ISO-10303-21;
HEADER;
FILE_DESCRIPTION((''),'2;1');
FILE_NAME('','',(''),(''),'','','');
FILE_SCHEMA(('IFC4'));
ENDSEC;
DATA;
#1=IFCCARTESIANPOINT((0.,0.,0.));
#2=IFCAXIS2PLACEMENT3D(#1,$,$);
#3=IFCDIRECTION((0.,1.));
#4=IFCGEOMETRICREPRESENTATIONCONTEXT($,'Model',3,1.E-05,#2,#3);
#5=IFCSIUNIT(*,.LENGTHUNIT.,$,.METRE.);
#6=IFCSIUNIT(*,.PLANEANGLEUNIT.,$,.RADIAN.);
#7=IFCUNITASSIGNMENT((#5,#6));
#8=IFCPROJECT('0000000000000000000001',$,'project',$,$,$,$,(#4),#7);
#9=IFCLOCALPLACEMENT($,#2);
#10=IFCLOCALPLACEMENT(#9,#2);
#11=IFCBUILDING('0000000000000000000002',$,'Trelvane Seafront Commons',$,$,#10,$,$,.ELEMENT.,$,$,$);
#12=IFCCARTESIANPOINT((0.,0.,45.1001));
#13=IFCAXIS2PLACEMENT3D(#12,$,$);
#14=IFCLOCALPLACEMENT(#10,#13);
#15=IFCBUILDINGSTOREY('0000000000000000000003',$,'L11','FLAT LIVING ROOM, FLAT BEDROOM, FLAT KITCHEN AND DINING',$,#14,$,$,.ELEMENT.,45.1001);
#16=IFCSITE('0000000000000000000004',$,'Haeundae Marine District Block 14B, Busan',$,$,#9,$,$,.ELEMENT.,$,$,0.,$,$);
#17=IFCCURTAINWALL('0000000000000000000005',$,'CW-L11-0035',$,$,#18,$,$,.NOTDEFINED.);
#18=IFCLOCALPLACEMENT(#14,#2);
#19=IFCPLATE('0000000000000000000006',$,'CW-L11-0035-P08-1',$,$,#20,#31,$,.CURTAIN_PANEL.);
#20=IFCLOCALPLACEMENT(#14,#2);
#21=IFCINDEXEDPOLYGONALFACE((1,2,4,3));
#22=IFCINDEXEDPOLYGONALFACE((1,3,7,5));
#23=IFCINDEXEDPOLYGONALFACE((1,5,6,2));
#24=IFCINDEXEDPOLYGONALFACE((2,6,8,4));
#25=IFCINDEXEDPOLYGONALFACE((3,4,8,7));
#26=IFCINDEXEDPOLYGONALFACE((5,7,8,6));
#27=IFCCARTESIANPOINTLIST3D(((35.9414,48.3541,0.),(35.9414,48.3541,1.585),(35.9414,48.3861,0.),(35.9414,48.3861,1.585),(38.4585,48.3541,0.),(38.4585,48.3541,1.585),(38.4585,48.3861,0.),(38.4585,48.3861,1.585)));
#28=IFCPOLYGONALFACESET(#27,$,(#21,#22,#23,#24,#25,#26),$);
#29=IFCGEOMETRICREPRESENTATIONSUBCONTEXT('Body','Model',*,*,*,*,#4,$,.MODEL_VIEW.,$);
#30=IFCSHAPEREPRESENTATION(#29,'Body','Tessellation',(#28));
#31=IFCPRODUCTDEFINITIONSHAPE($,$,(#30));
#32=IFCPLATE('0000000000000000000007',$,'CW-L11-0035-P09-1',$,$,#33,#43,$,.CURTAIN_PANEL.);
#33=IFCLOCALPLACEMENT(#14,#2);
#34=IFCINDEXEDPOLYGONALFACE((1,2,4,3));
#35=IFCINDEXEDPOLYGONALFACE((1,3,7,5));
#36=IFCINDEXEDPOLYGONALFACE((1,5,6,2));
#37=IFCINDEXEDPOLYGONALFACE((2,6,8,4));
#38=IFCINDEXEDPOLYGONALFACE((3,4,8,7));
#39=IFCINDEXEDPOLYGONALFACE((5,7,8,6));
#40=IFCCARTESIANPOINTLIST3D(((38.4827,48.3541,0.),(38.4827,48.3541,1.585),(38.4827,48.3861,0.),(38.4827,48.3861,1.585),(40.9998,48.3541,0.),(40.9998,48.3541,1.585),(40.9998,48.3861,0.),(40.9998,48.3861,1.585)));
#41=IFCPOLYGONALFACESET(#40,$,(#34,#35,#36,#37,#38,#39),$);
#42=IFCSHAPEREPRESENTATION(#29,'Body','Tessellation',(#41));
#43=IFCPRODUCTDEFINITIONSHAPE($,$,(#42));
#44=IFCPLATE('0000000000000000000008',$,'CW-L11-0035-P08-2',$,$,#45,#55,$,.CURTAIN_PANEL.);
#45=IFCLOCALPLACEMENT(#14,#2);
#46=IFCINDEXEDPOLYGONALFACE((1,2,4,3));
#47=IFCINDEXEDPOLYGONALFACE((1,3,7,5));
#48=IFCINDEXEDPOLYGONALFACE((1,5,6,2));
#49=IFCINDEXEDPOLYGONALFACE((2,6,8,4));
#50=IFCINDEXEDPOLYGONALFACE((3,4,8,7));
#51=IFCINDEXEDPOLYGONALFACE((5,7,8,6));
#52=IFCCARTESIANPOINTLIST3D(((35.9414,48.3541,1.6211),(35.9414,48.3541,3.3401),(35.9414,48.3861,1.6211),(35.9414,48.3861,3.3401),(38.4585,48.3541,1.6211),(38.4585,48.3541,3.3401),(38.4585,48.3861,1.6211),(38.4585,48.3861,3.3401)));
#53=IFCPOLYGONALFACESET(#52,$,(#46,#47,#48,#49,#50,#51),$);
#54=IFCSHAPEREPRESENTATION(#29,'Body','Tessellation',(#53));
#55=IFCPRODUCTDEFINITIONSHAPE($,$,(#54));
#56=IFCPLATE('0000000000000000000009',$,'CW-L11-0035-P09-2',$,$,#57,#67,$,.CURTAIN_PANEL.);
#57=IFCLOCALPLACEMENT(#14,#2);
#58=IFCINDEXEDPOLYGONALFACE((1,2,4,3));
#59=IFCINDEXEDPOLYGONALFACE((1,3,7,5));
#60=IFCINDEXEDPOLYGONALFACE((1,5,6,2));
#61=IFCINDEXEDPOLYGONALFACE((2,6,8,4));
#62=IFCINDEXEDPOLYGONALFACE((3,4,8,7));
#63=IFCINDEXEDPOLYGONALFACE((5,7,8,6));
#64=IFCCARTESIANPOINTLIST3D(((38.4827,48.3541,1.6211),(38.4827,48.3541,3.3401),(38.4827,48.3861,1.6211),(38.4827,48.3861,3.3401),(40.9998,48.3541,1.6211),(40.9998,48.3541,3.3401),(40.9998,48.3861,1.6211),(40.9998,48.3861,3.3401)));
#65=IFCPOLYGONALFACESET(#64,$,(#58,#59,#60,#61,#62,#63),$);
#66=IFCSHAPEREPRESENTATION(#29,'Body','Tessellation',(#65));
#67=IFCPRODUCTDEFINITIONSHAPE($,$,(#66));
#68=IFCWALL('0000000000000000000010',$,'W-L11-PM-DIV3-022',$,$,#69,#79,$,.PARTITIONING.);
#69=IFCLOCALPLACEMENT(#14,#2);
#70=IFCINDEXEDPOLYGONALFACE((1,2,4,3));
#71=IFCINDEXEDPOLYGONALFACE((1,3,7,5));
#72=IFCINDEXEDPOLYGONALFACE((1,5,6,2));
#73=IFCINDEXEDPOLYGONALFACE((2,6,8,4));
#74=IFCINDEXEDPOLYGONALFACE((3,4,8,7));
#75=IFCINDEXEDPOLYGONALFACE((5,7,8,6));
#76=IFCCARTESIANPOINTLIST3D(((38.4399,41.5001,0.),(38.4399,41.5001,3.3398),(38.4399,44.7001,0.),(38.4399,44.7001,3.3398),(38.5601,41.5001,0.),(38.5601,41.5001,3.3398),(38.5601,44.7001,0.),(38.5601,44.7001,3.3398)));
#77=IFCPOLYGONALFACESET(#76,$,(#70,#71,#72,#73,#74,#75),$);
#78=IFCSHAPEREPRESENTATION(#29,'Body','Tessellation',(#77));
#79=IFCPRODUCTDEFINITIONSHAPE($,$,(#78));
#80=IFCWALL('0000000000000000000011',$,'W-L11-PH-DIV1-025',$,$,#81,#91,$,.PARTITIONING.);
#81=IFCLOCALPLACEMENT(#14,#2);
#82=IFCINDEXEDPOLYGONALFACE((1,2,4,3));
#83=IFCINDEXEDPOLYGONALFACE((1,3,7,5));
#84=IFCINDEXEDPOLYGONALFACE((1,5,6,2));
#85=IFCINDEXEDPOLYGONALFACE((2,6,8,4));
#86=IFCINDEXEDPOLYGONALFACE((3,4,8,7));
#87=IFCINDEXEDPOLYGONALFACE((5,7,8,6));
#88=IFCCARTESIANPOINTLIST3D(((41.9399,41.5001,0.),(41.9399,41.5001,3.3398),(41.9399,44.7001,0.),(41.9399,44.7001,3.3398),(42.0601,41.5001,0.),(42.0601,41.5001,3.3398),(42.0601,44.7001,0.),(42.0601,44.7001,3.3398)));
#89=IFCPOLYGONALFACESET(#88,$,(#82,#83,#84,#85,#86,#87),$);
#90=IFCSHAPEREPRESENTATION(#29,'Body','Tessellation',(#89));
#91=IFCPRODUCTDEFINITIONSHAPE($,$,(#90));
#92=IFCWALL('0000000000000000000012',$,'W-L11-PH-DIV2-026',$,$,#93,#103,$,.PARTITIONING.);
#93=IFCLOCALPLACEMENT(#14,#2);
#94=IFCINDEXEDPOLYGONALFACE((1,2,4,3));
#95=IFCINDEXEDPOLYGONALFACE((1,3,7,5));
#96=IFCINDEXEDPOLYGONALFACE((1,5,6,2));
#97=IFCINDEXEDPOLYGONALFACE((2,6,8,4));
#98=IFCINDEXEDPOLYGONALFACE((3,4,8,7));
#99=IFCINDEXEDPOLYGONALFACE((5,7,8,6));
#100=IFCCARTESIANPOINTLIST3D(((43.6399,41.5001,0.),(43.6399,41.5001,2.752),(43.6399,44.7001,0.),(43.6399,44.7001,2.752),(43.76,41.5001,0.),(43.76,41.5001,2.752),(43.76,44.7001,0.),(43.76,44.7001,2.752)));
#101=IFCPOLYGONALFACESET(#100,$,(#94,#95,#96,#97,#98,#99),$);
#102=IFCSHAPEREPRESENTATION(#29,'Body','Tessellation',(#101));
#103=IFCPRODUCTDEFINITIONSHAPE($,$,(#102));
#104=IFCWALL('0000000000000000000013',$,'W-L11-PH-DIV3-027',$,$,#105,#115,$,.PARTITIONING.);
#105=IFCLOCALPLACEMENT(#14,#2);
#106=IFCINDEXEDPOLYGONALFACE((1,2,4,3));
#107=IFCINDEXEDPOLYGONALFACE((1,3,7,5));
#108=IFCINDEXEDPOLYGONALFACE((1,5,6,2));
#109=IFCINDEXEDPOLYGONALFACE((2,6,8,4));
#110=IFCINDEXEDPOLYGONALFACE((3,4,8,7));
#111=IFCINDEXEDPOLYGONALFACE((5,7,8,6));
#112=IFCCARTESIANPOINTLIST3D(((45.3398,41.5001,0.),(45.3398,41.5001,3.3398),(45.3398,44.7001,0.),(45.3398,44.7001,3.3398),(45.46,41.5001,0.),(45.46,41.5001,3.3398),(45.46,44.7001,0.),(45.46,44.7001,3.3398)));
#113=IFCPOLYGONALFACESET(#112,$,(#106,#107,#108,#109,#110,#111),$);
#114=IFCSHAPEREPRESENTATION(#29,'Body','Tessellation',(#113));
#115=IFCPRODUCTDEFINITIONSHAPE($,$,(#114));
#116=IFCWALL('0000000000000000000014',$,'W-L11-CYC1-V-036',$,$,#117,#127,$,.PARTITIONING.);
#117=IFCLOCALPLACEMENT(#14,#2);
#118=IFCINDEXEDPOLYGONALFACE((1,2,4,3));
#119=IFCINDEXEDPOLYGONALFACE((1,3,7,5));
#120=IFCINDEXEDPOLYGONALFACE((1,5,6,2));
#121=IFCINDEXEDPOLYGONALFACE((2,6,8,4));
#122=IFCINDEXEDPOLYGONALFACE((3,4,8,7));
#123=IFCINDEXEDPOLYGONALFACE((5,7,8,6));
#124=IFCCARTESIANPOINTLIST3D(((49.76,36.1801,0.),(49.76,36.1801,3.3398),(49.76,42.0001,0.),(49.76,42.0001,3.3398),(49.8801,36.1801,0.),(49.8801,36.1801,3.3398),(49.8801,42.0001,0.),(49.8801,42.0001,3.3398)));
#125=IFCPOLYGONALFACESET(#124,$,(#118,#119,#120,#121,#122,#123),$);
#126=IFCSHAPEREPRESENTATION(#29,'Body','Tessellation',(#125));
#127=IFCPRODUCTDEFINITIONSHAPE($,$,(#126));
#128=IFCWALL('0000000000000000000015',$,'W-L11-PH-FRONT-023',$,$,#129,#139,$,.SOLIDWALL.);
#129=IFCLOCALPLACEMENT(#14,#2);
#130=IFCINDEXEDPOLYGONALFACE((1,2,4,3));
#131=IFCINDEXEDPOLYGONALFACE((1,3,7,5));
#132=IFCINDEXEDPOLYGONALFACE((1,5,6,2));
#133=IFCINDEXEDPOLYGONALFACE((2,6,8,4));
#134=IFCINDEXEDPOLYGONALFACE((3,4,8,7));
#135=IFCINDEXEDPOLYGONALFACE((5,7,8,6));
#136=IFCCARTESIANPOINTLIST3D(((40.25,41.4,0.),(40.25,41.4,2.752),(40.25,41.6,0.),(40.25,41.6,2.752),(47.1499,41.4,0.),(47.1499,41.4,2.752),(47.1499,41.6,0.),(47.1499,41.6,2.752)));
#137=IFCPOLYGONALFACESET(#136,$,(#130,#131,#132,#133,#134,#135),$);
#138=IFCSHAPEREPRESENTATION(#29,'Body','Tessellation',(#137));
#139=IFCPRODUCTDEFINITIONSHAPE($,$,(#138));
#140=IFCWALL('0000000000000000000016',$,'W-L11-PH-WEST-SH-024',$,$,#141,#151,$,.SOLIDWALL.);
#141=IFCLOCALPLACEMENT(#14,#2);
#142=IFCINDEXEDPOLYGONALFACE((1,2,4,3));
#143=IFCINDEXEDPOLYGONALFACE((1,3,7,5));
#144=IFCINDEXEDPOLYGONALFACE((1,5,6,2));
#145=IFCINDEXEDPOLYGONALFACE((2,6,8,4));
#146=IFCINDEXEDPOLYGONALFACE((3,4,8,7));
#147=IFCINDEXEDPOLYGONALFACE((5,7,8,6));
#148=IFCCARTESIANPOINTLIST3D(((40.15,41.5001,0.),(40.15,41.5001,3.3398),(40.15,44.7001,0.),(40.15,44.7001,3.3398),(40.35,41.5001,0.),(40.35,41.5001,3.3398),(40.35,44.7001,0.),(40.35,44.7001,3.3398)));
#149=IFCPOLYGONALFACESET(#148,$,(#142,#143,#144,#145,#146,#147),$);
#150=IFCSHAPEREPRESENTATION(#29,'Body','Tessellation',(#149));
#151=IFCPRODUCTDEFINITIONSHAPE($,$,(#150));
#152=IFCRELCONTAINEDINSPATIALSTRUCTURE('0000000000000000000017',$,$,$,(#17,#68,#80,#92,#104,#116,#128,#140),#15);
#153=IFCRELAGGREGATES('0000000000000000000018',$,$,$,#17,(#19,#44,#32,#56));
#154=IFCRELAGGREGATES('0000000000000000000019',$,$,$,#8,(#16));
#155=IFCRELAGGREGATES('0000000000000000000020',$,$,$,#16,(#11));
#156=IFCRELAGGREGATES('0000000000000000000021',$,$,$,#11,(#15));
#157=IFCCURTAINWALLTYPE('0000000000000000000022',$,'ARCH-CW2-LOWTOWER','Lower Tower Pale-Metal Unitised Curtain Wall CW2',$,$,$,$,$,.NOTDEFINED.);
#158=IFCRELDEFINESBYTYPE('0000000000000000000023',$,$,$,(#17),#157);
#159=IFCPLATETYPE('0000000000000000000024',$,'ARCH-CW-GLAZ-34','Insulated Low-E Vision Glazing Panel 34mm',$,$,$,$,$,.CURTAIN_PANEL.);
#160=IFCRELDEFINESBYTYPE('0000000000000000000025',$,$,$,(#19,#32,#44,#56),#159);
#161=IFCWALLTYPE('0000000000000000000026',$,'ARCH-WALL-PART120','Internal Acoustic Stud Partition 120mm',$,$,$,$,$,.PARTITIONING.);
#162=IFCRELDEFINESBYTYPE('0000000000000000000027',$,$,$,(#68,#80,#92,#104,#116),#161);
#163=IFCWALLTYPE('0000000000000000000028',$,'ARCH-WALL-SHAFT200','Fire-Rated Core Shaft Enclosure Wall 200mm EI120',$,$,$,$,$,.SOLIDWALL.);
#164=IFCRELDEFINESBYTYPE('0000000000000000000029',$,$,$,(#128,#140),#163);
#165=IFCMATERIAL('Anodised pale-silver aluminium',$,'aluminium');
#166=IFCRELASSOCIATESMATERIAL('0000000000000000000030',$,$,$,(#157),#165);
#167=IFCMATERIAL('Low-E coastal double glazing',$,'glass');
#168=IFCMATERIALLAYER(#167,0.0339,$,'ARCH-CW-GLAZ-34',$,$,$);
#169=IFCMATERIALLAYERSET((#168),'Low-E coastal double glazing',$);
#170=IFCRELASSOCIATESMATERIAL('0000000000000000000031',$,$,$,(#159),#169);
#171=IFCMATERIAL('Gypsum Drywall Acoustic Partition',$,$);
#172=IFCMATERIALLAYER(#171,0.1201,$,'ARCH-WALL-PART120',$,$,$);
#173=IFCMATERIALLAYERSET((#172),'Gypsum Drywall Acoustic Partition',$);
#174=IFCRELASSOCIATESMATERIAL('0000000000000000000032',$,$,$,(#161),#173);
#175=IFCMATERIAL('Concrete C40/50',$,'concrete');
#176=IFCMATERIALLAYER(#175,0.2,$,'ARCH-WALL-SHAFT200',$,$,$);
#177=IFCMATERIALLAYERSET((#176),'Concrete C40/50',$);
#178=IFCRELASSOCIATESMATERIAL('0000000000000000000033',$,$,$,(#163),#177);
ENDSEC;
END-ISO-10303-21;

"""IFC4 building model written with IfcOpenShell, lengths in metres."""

from ifc_helpers import new_model, si_unit, direction, frame, frame_2d, origin, origin_2d, place, context, subcontext, project, spatial, rectangle, extrude, source, transform, mapped, material, layer, layer_set, type_object, element, aggregate, save


model = new_model("IFC4")

# Units and contexts
model_context = context("Model", 3, precision=1e-05, world=origin(), true_north=direction((0.0, 1.0)))
body_context = subcontext(model_context, "Body", "Model", "MODEL_VIEW")
ifc_project = project(units=[si_unit("LENGTHUNIT", "METRE"), si_unit("PLANEANGLEUNIT", "RADIAN")], contexts=[model_context])

# Site, building, storey
site_placement = place(None, origin())
site = spatial("IfcSite", under=ifc_project, at=site_placement, Name="Haeundae Marine District Block 14B, Busan", CompositionType="ELEMENT", RefElevation=0.0)
building_placement = place(site_placement, origin())
building = spatial("IfcBuilding", under=site, at=building_placement, Name="Trelvane Seafront Commons", CompositionType="ELEMENT")
storey_placement = place(building_placement, frame((0.0, 0.0, 45.1001)))
storey = spatial("IfcBuildingStorey", under=building, at=storey_placement, Name="L11", Description="FLAT LIVING ROOM, FLAT BEDROOM, FLAT KITCHEN AND DINING", CompositionType="ELEMENT", Elevation=45.1001)

# Curtain wall, plates
ifc_material_1 = material(Name="Anodised pale-silver aluminium", Category="aluminium")
curtain_wall_type = type_object("IfcCurtainWallType", Name="ARCH-CW2-LOWTOWER", Description="Lower Tower Pale-Metal Unitised Curtain Wall CW2", PredefinedType="NOTDEFINED", material=ifc_material_1)
curtain_wall_placement = place(storey_placement, origin())
curtain_wall = element("IfcCurtainWall", 1, at=curtain_wall_placement, inside=storey, type_object=curtain_wall_type, Name="CW-L11-0035", PredefinedType="NOTDEFINED")
ifc_material_2 = material(Name="Low-E coastal double glazing", Category="glass")
ifc_layer_1 = layer(ifc_material_2, 0.0339, Name="ARCH-CW-GLAZ-34")
ifc_layer_set_1 = layer_set([ifc_layer_1], Name="Low-E coastal double glazing")
plate_type = type_object("IfcPlateType", Name="ARCH-CW-GLAZ-34", Description="Insulated Low-E Vision Glazing Panel 34mm", PredefinedType="CURTAIN_PANEL", material=ifc_layer_set_1)
shared_shape_1 = source(origin(), body_context, "Body", "SweptSolid", [
    extrude(rectangle(XDim=2.5171, YDim=0.032, at=origin_2d()), origin(), (0.0, 0.0, 1.0), 1.585),
])
plate_1_placement = place(storey_placement, frame((37.2, 48.3701, 0.0), z_axis=(0.0, 0.0, 1.0), x_axis=(1.0, 0.0, 0.0)))
plate_1 = element("IfcPlate", 2, at=plate_1_placement, type_object=plate_type, Name="CW-L11-0035-P08-1", PredefinedType="CURTAIN_PANEL", context=body_context, shape_type="MappedRepresentation", body=[
    mapped(shared_shape_1, transform((0.0, 0.0, 0.0), x_axis=(1.0, 0.0, 0.0), y_axis=(0.0, 1.0, 0.0), z_axis=(0.0, 0.0, 1.0), scale=1.0)),
])
plate_2_placement = place(storey_placement, frame((39.7412, 48.3701, 0.0), z_axis=(0.0, 0.0, 1.0), x_axis=(1.0, 0.0, 0.0)))
plate_2 = element("IfcPlate", 3, at=plate_2_placement, type_object=plate_type, Name="CW-L11-0035-P09-1", PredefinedType="CURTAIN_PANEL", context=body_context, shape_type="MappedRepresentation", body=[
    mapped(shared_shape_1, transform((0.0, 0.0, 0.0), x_axis=(1.0, 0.0, 0.0), y_axis=(0.0, 1.0, 0.0), z_axis=(0.0, 0.0, 1.0), scale=1.0)),
])
shared_shape_2 = source(origin(), body_context, "Body", "SweptSolid", [
    extrude(rectangle(XDim=2.5171, YDim=0.032, at=origin_2d()), origin(), (0.0, 0.0, 1.0), 1.719),
])
plate_3_placement = place(storey_placement, frame((37.2, 48.3701, 1.6211), z_axis=(0.0, 0.0, 1.0), x_axis=(1.0, 0.0, 0.0)))
plate_3 = element("IfcPlate", 4, at=plate_3_placement, type_object=plate_type, Name="CW-L11-0035-P08-2", PredefinedType="CURTAIN_PANEL", context=body_context, shape_type="MappedRepresentation", body=[
    mapped(shared_shape_2, transform((0.0, 0.0, 0.0), x_axis=(1.0, 0.0, 0.0), y_axis=(0.0, 1.0, 0.0), z_axis=(0.0, 0.0, 1.0), scale=1.0)),
])
plate_4_placement = place(storey_placement, frame((39.7412, 48.3701, 1.6211), z_axis=(0.0, 0.0, 1.0), x_axis=(1.0, 0.0, 0.0)))
plate_4 = element("IfcPlate", 5, at=plate_4_placement, type_object=plate_type, Name="CW-L11-0035-P09-2", PredefinedType="CURTAIN_PANEL", context=body_context, shape_type="MappedRepresentation", body=[
    mapped(shared_shape_2, transform((0.0, 0.0, 0.0), x_axis=(1.0, 0.0, 0.0), y_axis=(0.0, 1.0, 0.0), z_axis=(0.0, 0.0, 1.0), scale=1.0)),
])
aggregate(curtain_wall, [plate_1, plate_3, plate_2, plate_4])

# Walls
ifc_material_3 = material(Name="Gypsum Drywall Acoustic Partition")
ifc_layer_2 = layer(ifc_material_3, 0.1201, Name="ARCH-WALL-PART120")
ifc_layer_set_2 = layer_set([ifc_layer_2], Name="Gypsum Drywall Acoustic Partition")
wall_type_1 = type_object("IfcWallType", Name="ARCH-WALL-PART120", Description="Internal Acoustic Stud Partition 120mm", PredefinedType="PARTITIONING", material=ifc_layer_set_2)
for number, where, z_axis, x_axis, name in (
    (6, (38.5, 41.5, 0.0), (0.0, 0.0, 1.0), (0.0, 1.0, 0.0), "W-L11-PM-DIV3-022"),
    (7, (42.0, 41.5, 0.0), (0.0, 0.0, 1.0), (0.0, 1.0, 0.0), "W-L11-PH-DIV1-025"),
):
    element("IfcWall", number, at=place(storey_placement, frame(where, z_axis=z_axis, x_axis=x_axis)), inside=storey, type_object=wall_type_1, Name=name, PredefinedType="PARTITIONING", context=body_context, shape_type="SweptSolid", body=[
        extrude(rectangle(XDim=3.2, YDim=0.1201, at=frame_2d((1.6001, 0.0))), origin(), (0.0, 0.0, 1.0), 3.3398),
    ])
wall_1_placement = place(storey_placement, frame((43.7, 41.5, 0.0), z_axis=(0.0, 0.0, 1.0), x_axis=(0.0, 1.0, 0.0)))
element("IfcWall", 8, at=wall_1_placement, inside=storey, type_object=wall_type_1, Name="W-L11-PH-DIV2-026", PredefinedType="PARTITIONING", context=body_context, shape_type="SweptSolid", body=[
    extrude(rectangle(XDim=3.2, YDim=0.1201, at=frame_2d((1.6001, 0.0))), origin(), (0.0, 0.0, 1.0), 2.752),
])
wall_2_placement = place(storey_placement, frame((45.3999, 41.5, 0.0), z_axis=(0.0, 0.0, 1.0), x_axis=(0.0, 1.0, 0.0)))
element("IfcWall", 9, at=wall_2_placement, inside=storey, type_object=wall_type_1, Name="W-L11-PH-DIV3-027", PredefinedType="PARTITIONING", context=body_context, shape_type="SweptSolid", body=[
    extrude(rectangle(XDim=3.2, YDim=0.1201, at=frame_2d((1.6001, 0.0))), origin(), (0.0, 0.0, 1.0), 3.3398),
])

# Wall
wall_3_placement = place(storey_placement, frame((49.8201, 36.1799, 0.0), z_axis=(0.0, 0.0, 1.0), x_axis=(0.0, 1.0, 0.0)))
element("IfcWall", 10, at=wall_3_placement, inside=storey, type_object=wall_type_1, Name="W-L11-CYC1-V-036", PredefinedType="PARTITIONING", context=body_context, shape_type="SweptSolid", body=[
    extrude(rectangle(XDim=5.8201, YDim=0.1201, at=frame_2d((2.9102, 0.0))), origin(), (0.0, 0.0, 1.0), 3.3398),
])

# Walls
ifc_material_4 = material(Name="Concrete C40/50", Category="concrete")
ifc_layer_3 = layer(ifc_material_4, 0.2, Name="ARCH-WALL-SHAFT200")
ifc_layer_set_3 = layer_set([ifc_layer_3], Name="Concrete C40/50")
wall_type_2 = type_object("IfcWallType", Name="ARCH-WALL-SHAFT200", Description="Fire-Rated Core Shaft Enclosure Wall 200mm EI120", PredefinedType="SOLIDWALL", material=ifc_layer_set_3)
wall_4_placement = place(storey_placement, frame((40.25, 41.5, 0.0), z_axis=(0.0, 0.0, 1.0), x_axis=(1.0, 0.0, 0.0)))
element("IfcWall", 11, at=wall_4_placement, inside=storey, type_object=wall_type_2, Name="W-L11-PH-FRONT-023", PredefinedType="SOLIDWALL", context=body_context, shape_type="SweptSolid", body=[
    extrude(rectangle(XDim=6.8999, YDim=0.2, at=frame_2d((3.45, 0.0))), origin(), (0.0, 0.0, 1.0), 2.752),
])
wall_5_placement = place(storey_placement, frame((40.25, 41.5, 0.0), z_axis=(0.0, 0.0, 1.0), x_axis=(0.0, 1.0, 0.0)))
element("IfcWall", 12, at=wall_5_placement, inside=storey, type_object=wall_type_2, Name="W-L11-PH-WEST-SH-024", PredefinedType="SOLIDWALL", context=body_context, shape_type="SweptSolid", body=[
    extrude(rectangle(XDim=3.2, YDim=0.2, at=frame_2d((1.6001, 0.0))), origin(), (0.0, 0.0, 1.0), 3.3398),
])

save(model, "model.ifc")
